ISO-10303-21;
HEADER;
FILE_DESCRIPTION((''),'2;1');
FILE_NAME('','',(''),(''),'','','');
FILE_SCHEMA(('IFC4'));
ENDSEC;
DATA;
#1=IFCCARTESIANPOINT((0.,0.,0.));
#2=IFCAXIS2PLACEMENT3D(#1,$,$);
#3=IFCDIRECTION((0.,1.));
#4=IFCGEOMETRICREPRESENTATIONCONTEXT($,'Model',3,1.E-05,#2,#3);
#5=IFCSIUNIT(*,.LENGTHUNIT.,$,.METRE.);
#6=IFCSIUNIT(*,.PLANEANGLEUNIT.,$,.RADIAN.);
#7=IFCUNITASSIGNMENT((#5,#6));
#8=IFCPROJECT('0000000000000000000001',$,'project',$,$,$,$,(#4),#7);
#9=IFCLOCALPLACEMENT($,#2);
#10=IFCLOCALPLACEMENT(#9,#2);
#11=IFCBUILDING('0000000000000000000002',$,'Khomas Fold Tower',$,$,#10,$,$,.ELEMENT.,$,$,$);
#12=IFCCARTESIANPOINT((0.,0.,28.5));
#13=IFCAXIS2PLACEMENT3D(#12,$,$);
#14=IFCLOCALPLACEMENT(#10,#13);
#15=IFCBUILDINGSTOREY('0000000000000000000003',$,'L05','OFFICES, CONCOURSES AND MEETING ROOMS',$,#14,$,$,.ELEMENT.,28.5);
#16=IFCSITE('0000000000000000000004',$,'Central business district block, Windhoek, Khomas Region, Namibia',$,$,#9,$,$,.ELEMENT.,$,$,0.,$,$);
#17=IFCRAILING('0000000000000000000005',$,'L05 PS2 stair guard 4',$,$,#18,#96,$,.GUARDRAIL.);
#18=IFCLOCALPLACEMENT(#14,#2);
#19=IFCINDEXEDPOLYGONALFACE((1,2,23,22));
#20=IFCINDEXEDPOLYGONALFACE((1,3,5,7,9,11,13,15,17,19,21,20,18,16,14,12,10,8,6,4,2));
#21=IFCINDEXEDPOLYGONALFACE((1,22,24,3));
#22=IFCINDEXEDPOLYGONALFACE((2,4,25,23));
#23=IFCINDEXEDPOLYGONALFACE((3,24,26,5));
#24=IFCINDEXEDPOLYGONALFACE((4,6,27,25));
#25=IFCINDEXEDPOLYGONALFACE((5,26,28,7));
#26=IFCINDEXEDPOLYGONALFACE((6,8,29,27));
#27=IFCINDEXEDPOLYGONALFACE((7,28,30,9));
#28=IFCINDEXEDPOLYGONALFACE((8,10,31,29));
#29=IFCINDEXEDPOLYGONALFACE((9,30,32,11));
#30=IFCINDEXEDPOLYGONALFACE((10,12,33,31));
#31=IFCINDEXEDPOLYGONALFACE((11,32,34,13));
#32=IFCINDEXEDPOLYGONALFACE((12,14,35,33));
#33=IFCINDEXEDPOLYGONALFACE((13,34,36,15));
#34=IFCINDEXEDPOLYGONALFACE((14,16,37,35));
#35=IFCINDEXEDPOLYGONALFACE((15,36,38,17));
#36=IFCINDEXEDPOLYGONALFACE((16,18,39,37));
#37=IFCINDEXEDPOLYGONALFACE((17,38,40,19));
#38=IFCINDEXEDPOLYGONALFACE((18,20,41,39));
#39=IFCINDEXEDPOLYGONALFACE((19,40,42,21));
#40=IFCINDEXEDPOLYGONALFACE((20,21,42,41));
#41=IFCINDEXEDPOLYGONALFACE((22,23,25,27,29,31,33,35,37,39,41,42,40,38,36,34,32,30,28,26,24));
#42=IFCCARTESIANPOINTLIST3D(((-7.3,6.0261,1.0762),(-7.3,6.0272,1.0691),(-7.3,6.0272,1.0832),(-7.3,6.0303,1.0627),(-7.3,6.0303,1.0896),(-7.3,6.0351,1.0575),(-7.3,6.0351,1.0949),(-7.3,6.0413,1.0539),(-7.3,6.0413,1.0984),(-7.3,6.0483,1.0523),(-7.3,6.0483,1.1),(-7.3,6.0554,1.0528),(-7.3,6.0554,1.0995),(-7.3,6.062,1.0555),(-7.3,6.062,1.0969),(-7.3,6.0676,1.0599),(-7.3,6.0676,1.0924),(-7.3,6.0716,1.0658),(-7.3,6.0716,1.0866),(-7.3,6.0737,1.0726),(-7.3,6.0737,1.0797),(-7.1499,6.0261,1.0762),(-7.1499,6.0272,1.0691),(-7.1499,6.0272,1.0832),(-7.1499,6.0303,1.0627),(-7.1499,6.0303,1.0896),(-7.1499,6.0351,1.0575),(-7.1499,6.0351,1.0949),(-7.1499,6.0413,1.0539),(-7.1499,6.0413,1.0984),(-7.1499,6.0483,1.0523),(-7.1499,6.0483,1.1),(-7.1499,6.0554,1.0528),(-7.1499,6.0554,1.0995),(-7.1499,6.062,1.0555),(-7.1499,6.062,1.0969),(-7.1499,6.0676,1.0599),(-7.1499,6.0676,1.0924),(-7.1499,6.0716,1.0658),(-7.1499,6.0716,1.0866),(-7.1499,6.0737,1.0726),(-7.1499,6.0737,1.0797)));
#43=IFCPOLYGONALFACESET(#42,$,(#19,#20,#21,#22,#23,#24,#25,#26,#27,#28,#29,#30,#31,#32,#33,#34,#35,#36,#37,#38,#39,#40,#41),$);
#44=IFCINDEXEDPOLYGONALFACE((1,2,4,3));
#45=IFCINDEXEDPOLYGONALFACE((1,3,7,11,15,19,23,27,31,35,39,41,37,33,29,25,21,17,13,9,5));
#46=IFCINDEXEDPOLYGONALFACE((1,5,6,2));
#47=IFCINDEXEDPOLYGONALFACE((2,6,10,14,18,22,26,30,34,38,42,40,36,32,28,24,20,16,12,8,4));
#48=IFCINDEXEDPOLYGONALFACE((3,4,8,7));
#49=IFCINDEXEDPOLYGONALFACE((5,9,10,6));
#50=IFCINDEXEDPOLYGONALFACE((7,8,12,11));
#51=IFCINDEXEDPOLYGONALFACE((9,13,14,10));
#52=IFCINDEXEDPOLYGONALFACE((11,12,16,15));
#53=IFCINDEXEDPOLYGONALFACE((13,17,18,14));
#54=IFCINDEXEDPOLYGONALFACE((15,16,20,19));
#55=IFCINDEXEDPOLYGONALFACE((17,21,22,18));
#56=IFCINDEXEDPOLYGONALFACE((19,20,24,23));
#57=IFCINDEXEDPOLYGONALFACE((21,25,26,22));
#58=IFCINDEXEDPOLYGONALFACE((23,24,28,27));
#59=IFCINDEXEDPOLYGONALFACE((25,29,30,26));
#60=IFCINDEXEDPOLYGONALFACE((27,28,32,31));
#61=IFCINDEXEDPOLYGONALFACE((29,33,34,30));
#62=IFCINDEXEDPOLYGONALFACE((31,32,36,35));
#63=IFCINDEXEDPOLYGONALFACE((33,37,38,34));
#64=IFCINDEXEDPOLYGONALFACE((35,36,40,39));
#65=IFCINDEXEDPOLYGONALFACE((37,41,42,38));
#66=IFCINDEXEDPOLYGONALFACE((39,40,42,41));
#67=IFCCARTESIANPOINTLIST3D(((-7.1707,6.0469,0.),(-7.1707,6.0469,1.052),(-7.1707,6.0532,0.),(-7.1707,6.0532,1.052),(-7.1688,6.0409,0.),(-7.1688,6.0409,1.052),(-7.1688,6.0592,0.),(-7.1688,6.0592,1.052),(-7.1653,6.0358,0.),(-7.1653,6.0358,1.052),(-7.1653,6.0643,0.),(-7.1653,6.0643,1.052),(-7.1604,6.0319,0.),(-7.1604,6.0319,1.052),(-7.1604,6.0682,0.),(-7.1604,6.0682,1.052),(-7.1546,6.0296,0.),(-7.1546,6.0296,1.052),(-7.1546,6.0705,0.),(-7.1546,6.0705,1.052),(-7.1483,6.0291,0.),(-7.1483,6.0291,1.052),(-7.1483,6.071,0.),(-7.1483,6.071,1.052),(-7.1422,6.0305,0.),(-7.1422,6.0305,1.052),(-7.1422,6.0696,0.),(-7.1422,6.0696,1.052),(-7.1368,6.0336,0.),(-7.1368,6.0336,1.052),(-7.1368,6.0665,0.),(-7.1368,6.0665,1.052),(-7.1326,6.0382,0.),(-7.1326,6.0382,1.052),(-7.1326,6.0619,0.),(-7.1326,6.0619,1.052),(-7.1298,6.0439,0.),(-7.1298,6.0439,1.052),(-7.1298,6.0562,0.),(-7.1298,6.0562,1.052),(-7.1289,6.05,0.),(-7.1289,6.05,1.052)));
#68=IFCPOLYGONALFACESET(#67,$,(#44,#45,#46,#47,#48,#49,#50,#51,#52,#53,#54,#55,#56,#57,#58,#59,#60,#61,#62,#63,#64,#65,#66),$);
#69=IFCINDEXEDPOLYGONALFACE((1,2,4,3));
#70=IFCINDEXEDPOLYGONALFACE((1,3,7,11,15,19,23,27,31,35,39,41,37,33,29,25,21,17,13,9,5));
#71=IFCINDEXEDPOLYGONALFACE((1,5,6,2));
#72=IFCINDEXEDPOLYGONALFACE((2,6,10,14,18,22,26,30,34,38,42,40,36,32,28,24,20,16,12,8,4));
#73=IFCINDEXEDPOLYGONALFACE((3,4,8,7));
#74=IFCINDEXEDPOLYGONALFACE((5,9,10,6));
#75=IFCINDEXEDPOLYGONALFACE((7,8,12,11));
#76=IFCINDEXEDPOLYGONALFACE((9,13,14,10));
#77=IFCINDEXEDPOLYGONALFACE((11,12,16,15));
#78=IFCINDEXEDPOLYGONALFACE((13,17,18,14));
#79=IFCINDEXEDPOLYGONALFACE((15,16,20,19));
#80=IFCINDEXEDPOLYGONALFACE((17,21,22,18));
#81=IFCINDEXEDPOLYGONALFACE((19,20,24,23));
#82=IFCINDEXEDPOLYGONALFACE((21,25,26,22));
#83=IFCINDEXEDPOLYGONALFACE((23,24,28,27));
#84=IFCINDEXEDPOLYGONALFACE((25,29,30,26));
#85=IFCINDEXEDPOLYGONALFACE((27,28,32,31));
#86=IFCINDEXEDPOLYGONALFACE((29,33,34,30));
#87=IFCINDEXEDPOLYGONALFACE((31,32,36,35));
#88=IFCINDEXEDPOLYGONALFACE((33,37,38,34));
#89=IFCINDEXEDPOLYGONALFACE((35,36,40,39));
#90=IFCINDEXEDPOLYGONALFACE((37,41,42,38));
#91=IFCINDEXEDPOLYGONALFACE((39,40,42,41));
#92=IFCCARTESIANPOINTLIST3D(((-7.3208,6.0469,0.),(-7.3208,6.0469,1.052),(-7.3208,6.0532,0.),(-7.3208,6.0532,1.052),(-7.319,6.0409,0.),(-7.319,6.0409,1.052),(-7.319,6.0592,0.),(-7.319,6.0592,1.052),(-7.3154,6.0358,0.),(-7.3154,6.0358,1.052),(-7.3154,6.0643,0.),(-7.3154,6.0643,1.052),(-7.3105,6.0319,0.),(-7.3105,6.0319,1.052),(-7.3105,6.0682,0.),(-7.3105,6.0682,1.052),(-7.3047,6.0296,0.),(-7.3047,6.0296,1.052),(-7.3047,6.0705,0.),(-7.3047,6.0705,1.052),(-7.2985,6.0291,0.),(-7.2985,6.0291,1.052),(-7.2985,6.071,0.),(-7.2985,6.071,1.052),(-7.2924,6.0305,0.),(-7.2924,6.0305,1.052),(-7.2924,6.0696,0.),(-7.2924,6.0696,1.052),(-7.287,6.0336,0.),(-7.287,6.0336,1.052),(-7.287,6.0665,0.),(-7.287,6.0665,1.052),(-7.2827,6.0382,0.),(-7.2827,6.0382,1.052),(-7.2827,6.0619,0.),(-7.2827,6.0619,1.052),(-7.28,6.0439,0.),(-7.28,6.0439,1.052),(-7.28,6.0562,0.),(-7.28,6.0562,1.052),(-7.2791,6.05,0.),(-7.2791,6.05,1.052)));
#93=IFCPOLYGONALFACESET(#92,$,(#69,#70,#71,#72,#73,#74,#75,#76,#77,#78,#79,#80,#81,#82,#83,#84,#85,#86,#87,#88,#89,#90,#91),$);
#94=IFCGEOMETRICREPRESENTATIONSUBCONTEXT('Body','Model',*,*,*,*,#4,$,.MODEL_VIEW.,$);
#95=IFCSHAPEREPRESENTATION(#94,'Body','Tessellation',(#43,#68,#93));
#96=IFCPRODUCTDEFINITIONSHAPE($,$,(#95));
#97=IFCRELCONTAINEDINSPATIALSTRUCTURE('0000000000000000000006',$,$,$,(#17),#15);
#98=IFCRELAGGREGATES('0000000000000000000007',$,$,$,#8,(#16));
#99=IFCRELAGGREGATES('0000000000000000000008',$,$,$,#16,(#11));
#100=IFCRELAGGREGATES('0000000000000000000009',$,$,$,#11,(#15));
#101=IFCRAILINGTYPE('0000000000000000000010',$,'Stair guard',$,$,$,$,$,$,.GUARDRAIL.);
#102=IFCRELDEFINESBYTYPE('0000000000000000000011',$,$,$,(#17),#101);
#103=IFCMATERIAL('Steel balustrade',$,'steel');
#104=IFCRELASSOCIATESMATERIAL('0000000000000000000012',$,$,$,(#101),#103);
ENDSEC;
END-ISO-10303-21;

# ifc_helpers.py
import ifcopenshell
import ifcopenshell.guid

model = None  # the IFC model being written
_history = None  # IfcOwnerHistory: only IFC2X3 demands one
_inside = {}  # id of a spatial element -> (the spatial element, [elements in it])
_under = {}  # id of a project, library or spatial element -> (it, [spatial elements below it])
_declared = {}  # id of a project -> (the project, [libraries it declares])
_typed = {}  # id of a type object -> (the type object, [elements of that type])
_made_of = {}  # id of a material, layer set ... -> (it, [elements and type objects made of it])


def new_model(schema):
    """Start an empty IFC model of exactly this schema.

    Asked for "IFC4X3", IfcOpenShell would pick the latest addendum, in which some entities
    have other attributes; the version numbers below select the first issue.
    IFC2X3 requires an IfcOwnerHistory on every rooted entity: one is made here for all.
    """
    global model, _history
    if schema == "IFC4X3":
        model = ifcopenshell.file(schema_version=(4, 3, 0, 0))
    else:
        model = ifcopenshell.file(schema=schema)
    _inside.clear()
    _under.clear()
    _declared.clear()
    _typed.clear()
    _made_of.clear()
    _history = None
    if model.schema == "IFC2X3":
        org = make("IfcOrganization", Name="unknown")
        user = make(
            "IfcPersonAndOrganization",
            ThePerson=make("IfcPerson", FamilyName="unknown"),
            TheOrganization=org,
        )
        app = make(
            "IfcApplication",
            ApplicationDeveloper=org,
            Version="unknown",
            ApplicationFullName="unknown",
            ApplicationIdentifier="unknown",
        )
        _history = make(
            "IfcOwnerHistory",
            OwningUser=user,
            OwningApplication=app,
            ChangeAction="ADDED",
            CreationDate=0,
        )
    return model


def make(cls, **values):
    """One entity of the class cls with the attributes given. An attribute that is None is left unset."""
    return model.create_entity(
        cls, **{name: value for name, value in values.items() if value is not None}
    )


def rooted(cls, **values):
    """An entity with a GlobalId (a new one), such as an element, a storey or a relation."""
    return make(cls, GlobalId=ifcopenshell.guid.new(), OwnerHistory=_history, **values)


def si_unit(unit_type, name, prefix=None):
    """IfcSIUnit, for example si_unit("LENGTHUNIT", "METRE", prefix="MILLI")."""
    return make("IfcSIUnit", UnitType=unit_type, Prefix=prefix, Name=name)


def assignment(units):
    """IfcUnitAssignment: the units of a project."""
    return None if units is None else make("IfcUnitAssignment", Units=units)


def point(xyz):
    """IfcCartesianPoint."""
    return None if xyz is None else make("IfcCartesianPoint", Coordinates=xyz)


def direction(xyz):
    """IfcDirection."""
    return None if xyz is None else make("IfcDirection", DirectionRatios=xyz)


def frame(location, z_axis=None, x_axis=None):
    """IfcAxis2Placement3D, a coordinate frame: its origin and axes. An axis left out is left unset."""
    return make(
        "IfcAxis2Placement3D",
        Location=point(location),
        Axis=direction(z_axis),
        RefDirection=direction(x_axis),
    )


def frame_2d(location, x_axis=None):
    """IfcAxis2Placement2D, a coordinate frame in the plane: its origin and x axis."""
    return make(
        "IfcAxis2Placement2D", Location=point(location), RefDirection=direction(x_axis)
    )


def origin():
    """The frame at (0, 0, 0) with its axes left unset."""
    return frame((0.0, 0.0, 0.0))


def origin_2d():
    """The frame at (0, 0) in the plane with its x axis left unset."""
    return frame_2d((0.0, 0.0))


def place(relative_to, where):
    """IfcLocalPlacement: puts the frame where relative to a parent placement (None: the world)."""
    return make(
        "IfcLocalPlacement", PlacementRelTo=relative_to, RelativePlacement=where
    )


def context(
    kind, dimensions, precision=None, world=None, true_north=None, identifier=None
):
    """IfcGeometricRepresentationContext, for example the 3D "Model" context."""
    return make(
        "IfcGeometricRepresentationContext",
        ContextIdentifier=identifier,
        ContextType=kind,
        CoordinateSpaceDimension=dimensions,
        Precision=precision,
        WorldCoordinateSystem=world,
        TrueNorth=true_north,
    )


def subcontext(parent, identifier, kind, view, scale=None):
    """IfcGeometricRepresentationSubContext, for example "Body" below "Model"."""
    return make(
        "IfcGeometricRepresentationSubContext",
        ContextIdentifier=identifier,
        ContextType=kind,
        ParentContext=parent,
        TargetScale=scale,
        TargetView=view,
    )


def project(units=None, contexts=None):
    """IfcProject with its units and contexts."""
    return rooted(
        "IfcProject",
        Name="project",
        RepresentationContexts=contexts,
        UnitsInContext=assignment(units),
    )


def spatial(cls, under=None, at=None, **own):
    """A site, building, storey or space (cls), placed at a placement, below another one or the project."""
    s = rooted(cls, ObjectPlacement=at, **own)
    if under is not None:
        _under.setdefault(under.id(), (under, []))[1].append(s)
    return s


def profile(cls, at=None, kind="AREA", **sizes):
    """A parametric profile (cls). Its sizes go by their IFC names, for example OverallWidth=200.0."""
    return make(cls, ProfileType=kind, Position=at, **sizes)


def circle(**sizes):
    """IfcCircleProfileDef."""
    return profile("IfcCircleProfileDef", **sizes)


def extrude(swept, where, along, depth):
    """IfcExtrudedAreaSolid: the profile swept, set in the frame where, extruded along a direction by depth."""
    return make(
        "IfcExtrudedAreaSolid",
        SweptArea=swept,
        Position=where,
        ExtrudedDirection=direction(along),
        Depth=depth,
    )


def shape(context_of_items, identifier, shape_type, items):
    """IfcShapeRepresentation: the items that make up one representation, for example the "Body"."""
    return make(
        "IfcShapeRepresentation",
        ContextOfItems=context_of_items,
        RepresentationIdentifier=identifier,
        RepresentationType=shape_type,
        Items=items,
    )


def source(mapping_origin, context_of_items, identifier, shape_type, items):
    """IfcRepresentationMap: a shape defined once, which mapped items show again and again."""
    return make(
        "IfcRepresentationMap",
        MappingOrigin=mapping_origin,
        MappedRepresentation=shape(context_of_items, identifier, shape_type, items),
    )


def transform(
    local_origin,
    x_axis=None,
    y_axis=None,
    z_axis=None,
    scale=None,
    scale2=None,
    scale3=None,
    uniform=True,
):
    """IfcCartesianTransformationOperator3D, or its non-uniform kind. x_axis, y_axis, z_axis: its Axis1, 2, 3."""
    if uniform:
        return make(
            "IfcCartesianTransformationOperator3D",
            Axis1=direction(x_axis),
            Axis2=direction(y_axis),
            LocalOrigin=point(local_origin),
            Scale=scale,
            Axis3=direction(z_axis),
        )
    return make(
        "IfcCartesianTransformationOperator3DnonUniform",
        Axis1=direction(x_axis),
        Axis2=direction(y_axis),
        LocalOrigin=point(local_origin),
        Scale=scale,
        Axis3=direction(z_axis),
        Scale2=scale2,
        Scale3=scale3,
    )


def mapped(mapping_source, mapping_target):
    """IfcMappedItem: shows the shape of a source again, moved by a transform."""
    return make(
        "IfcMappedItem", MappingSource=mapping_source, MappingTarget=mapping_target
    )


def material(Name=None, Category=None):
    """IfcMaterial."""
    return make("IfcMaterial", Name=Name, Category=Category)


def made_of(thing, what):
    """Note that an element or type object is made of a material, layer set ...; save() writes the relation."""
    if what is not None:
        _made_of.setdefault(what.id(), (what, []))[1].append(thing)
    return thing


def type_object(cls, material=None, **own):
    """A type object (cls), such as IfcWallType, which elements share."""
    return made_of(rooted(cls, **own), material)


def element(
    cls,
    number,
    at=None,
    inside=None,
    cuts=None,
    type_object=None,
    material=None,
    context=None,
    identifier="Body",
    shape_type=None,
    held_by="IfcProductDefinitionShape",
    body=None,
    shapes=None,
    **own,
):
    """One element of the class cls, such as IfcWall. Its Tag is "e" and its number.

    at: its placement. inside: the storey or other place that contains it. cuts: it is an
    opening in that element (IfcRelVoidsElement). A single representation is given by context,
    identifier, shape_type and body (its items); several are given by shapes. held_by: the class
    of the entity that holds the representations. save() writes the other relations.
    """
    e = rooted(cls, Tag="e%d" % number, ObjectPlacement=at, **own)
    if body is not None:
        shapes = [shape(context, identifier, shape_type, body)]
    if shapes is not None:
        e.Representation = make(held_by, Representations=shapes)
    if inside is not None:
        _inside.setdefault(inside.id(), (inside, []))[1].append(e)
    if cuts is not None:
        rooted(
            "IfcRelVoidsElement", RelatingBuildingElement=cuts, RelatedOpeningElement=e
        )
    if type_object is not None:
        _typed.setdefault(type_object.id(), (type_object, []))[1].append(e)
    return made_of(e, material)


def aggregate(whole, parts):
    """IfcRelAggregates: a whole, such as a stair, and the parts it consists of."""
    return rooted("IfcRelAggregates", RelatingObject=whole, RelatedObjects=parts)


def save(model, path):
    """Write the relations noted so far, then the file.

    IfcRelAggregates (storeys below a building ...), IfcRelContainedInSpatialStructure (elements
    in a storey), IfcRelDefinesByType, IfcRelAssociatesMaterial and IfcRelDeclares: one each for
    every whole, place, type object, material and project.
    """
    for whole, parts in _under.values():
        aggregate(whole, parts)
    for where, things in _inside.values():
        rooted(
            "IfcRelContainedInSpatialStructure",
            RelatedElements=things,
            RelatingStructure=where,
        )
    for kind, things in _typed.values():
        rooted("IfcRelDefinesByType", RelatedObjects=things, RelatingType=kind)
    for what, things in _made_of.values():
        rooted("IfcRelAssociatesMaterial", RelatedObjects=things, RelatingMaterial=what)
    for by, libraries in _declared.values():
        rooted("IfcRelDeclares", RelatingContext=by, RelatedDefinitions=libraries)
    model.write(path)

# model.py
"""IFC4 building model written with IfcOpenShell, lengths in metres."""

from ifc_helpers import new_model, si_unit, direction, frame, origin, origin_2d, place, context, subcontext, project, spatial, circle, extrude, source, transform, mapped, material, type_object, element, save


model = new_model("IFC4")

# Units and contexts
model_context = context("Model", 3, precision=1e-05, world=origin(), true_north=direction((0.0, 1.0)))
body_context = subcontext(model_context, "Body", "Model", "MODEL_VIEW")
ifc_project = project(units=[si_unit("LENGTHUNIT", "METRE"), si_unit("PLANEANGLEUNIT", "RADIAN")], contexts=[model_context])

# Site, building, storey
site_placement = place(None, origin())
site = spatial("IfcSite", under=ifc_project, at=site_placement, Name="Central business district block, Windhoek, Khomas Region, Namibia", CompositionType="ELEMENT", RefElevation=0.0)
building_placement = place(site_placement, origin())
building = spatial("IfcBuilding", under=site, at=building_placement, Name="Khomas Fold Tower", CompositionType="ELEMENT")
storey_placement = place(building_placement, frame((0.0, 0.0, 28.5)))
storey = spatial("IfcBuildingStorey", under=building, at=storey_placement, Name="L05", Description="OFFICES, CONCOURSES AND MEETING ROOMS", CompositionType="ELEMENT", Elevation=28.5)

# Railing
ifc_material_1 = material(Name="Steel balustrade", Category="steel")
railing_type_1 = type_object("IfcRailingType", Name="Stair guard", PredefinedType="GUARDRAIL", material=ifc_material_1)
shared_shape_1 = source(origin(), body_context, "Body", "SweptSolid", [
    extrude(circle(Radius=0.0239, at=origin_2d()), frame((0.0, 0.0, 1.0762), z_axis=(-1.0, 0.0, 0.0), x_axis=(0.0, -1.0, 0.0)), (0.0, 0.0, 1.0), 0.1501),
    extrude(circle(Radius=0.021, at=origin_2d()), origin(), (0.0, 0.0, 1.0), 1.052),
    extrude(circle(Radius=0.021, at=origin_2d()), frame((-0.1501, 0.0, 0.0)), (0.0, 0.0, 1.0), 1.052),
])
for number, where, name in (
    (1, (-7.1499, 6.05, 0.0), "L05 PS2 stair guard 4"),
):
    element("IfcRailing", number, at=place(storey_placement, frame(where)), inside=storey, type_object=railing_type_1, Name=name, PredefinedType="GUARDRAIL", context=body_context, shape_type="MappedRepresentation", body=[
        mapped(shared_shape_1, transform((0.0, 0.0, 0.0))),
    ])

save(model, "model.ifc")
